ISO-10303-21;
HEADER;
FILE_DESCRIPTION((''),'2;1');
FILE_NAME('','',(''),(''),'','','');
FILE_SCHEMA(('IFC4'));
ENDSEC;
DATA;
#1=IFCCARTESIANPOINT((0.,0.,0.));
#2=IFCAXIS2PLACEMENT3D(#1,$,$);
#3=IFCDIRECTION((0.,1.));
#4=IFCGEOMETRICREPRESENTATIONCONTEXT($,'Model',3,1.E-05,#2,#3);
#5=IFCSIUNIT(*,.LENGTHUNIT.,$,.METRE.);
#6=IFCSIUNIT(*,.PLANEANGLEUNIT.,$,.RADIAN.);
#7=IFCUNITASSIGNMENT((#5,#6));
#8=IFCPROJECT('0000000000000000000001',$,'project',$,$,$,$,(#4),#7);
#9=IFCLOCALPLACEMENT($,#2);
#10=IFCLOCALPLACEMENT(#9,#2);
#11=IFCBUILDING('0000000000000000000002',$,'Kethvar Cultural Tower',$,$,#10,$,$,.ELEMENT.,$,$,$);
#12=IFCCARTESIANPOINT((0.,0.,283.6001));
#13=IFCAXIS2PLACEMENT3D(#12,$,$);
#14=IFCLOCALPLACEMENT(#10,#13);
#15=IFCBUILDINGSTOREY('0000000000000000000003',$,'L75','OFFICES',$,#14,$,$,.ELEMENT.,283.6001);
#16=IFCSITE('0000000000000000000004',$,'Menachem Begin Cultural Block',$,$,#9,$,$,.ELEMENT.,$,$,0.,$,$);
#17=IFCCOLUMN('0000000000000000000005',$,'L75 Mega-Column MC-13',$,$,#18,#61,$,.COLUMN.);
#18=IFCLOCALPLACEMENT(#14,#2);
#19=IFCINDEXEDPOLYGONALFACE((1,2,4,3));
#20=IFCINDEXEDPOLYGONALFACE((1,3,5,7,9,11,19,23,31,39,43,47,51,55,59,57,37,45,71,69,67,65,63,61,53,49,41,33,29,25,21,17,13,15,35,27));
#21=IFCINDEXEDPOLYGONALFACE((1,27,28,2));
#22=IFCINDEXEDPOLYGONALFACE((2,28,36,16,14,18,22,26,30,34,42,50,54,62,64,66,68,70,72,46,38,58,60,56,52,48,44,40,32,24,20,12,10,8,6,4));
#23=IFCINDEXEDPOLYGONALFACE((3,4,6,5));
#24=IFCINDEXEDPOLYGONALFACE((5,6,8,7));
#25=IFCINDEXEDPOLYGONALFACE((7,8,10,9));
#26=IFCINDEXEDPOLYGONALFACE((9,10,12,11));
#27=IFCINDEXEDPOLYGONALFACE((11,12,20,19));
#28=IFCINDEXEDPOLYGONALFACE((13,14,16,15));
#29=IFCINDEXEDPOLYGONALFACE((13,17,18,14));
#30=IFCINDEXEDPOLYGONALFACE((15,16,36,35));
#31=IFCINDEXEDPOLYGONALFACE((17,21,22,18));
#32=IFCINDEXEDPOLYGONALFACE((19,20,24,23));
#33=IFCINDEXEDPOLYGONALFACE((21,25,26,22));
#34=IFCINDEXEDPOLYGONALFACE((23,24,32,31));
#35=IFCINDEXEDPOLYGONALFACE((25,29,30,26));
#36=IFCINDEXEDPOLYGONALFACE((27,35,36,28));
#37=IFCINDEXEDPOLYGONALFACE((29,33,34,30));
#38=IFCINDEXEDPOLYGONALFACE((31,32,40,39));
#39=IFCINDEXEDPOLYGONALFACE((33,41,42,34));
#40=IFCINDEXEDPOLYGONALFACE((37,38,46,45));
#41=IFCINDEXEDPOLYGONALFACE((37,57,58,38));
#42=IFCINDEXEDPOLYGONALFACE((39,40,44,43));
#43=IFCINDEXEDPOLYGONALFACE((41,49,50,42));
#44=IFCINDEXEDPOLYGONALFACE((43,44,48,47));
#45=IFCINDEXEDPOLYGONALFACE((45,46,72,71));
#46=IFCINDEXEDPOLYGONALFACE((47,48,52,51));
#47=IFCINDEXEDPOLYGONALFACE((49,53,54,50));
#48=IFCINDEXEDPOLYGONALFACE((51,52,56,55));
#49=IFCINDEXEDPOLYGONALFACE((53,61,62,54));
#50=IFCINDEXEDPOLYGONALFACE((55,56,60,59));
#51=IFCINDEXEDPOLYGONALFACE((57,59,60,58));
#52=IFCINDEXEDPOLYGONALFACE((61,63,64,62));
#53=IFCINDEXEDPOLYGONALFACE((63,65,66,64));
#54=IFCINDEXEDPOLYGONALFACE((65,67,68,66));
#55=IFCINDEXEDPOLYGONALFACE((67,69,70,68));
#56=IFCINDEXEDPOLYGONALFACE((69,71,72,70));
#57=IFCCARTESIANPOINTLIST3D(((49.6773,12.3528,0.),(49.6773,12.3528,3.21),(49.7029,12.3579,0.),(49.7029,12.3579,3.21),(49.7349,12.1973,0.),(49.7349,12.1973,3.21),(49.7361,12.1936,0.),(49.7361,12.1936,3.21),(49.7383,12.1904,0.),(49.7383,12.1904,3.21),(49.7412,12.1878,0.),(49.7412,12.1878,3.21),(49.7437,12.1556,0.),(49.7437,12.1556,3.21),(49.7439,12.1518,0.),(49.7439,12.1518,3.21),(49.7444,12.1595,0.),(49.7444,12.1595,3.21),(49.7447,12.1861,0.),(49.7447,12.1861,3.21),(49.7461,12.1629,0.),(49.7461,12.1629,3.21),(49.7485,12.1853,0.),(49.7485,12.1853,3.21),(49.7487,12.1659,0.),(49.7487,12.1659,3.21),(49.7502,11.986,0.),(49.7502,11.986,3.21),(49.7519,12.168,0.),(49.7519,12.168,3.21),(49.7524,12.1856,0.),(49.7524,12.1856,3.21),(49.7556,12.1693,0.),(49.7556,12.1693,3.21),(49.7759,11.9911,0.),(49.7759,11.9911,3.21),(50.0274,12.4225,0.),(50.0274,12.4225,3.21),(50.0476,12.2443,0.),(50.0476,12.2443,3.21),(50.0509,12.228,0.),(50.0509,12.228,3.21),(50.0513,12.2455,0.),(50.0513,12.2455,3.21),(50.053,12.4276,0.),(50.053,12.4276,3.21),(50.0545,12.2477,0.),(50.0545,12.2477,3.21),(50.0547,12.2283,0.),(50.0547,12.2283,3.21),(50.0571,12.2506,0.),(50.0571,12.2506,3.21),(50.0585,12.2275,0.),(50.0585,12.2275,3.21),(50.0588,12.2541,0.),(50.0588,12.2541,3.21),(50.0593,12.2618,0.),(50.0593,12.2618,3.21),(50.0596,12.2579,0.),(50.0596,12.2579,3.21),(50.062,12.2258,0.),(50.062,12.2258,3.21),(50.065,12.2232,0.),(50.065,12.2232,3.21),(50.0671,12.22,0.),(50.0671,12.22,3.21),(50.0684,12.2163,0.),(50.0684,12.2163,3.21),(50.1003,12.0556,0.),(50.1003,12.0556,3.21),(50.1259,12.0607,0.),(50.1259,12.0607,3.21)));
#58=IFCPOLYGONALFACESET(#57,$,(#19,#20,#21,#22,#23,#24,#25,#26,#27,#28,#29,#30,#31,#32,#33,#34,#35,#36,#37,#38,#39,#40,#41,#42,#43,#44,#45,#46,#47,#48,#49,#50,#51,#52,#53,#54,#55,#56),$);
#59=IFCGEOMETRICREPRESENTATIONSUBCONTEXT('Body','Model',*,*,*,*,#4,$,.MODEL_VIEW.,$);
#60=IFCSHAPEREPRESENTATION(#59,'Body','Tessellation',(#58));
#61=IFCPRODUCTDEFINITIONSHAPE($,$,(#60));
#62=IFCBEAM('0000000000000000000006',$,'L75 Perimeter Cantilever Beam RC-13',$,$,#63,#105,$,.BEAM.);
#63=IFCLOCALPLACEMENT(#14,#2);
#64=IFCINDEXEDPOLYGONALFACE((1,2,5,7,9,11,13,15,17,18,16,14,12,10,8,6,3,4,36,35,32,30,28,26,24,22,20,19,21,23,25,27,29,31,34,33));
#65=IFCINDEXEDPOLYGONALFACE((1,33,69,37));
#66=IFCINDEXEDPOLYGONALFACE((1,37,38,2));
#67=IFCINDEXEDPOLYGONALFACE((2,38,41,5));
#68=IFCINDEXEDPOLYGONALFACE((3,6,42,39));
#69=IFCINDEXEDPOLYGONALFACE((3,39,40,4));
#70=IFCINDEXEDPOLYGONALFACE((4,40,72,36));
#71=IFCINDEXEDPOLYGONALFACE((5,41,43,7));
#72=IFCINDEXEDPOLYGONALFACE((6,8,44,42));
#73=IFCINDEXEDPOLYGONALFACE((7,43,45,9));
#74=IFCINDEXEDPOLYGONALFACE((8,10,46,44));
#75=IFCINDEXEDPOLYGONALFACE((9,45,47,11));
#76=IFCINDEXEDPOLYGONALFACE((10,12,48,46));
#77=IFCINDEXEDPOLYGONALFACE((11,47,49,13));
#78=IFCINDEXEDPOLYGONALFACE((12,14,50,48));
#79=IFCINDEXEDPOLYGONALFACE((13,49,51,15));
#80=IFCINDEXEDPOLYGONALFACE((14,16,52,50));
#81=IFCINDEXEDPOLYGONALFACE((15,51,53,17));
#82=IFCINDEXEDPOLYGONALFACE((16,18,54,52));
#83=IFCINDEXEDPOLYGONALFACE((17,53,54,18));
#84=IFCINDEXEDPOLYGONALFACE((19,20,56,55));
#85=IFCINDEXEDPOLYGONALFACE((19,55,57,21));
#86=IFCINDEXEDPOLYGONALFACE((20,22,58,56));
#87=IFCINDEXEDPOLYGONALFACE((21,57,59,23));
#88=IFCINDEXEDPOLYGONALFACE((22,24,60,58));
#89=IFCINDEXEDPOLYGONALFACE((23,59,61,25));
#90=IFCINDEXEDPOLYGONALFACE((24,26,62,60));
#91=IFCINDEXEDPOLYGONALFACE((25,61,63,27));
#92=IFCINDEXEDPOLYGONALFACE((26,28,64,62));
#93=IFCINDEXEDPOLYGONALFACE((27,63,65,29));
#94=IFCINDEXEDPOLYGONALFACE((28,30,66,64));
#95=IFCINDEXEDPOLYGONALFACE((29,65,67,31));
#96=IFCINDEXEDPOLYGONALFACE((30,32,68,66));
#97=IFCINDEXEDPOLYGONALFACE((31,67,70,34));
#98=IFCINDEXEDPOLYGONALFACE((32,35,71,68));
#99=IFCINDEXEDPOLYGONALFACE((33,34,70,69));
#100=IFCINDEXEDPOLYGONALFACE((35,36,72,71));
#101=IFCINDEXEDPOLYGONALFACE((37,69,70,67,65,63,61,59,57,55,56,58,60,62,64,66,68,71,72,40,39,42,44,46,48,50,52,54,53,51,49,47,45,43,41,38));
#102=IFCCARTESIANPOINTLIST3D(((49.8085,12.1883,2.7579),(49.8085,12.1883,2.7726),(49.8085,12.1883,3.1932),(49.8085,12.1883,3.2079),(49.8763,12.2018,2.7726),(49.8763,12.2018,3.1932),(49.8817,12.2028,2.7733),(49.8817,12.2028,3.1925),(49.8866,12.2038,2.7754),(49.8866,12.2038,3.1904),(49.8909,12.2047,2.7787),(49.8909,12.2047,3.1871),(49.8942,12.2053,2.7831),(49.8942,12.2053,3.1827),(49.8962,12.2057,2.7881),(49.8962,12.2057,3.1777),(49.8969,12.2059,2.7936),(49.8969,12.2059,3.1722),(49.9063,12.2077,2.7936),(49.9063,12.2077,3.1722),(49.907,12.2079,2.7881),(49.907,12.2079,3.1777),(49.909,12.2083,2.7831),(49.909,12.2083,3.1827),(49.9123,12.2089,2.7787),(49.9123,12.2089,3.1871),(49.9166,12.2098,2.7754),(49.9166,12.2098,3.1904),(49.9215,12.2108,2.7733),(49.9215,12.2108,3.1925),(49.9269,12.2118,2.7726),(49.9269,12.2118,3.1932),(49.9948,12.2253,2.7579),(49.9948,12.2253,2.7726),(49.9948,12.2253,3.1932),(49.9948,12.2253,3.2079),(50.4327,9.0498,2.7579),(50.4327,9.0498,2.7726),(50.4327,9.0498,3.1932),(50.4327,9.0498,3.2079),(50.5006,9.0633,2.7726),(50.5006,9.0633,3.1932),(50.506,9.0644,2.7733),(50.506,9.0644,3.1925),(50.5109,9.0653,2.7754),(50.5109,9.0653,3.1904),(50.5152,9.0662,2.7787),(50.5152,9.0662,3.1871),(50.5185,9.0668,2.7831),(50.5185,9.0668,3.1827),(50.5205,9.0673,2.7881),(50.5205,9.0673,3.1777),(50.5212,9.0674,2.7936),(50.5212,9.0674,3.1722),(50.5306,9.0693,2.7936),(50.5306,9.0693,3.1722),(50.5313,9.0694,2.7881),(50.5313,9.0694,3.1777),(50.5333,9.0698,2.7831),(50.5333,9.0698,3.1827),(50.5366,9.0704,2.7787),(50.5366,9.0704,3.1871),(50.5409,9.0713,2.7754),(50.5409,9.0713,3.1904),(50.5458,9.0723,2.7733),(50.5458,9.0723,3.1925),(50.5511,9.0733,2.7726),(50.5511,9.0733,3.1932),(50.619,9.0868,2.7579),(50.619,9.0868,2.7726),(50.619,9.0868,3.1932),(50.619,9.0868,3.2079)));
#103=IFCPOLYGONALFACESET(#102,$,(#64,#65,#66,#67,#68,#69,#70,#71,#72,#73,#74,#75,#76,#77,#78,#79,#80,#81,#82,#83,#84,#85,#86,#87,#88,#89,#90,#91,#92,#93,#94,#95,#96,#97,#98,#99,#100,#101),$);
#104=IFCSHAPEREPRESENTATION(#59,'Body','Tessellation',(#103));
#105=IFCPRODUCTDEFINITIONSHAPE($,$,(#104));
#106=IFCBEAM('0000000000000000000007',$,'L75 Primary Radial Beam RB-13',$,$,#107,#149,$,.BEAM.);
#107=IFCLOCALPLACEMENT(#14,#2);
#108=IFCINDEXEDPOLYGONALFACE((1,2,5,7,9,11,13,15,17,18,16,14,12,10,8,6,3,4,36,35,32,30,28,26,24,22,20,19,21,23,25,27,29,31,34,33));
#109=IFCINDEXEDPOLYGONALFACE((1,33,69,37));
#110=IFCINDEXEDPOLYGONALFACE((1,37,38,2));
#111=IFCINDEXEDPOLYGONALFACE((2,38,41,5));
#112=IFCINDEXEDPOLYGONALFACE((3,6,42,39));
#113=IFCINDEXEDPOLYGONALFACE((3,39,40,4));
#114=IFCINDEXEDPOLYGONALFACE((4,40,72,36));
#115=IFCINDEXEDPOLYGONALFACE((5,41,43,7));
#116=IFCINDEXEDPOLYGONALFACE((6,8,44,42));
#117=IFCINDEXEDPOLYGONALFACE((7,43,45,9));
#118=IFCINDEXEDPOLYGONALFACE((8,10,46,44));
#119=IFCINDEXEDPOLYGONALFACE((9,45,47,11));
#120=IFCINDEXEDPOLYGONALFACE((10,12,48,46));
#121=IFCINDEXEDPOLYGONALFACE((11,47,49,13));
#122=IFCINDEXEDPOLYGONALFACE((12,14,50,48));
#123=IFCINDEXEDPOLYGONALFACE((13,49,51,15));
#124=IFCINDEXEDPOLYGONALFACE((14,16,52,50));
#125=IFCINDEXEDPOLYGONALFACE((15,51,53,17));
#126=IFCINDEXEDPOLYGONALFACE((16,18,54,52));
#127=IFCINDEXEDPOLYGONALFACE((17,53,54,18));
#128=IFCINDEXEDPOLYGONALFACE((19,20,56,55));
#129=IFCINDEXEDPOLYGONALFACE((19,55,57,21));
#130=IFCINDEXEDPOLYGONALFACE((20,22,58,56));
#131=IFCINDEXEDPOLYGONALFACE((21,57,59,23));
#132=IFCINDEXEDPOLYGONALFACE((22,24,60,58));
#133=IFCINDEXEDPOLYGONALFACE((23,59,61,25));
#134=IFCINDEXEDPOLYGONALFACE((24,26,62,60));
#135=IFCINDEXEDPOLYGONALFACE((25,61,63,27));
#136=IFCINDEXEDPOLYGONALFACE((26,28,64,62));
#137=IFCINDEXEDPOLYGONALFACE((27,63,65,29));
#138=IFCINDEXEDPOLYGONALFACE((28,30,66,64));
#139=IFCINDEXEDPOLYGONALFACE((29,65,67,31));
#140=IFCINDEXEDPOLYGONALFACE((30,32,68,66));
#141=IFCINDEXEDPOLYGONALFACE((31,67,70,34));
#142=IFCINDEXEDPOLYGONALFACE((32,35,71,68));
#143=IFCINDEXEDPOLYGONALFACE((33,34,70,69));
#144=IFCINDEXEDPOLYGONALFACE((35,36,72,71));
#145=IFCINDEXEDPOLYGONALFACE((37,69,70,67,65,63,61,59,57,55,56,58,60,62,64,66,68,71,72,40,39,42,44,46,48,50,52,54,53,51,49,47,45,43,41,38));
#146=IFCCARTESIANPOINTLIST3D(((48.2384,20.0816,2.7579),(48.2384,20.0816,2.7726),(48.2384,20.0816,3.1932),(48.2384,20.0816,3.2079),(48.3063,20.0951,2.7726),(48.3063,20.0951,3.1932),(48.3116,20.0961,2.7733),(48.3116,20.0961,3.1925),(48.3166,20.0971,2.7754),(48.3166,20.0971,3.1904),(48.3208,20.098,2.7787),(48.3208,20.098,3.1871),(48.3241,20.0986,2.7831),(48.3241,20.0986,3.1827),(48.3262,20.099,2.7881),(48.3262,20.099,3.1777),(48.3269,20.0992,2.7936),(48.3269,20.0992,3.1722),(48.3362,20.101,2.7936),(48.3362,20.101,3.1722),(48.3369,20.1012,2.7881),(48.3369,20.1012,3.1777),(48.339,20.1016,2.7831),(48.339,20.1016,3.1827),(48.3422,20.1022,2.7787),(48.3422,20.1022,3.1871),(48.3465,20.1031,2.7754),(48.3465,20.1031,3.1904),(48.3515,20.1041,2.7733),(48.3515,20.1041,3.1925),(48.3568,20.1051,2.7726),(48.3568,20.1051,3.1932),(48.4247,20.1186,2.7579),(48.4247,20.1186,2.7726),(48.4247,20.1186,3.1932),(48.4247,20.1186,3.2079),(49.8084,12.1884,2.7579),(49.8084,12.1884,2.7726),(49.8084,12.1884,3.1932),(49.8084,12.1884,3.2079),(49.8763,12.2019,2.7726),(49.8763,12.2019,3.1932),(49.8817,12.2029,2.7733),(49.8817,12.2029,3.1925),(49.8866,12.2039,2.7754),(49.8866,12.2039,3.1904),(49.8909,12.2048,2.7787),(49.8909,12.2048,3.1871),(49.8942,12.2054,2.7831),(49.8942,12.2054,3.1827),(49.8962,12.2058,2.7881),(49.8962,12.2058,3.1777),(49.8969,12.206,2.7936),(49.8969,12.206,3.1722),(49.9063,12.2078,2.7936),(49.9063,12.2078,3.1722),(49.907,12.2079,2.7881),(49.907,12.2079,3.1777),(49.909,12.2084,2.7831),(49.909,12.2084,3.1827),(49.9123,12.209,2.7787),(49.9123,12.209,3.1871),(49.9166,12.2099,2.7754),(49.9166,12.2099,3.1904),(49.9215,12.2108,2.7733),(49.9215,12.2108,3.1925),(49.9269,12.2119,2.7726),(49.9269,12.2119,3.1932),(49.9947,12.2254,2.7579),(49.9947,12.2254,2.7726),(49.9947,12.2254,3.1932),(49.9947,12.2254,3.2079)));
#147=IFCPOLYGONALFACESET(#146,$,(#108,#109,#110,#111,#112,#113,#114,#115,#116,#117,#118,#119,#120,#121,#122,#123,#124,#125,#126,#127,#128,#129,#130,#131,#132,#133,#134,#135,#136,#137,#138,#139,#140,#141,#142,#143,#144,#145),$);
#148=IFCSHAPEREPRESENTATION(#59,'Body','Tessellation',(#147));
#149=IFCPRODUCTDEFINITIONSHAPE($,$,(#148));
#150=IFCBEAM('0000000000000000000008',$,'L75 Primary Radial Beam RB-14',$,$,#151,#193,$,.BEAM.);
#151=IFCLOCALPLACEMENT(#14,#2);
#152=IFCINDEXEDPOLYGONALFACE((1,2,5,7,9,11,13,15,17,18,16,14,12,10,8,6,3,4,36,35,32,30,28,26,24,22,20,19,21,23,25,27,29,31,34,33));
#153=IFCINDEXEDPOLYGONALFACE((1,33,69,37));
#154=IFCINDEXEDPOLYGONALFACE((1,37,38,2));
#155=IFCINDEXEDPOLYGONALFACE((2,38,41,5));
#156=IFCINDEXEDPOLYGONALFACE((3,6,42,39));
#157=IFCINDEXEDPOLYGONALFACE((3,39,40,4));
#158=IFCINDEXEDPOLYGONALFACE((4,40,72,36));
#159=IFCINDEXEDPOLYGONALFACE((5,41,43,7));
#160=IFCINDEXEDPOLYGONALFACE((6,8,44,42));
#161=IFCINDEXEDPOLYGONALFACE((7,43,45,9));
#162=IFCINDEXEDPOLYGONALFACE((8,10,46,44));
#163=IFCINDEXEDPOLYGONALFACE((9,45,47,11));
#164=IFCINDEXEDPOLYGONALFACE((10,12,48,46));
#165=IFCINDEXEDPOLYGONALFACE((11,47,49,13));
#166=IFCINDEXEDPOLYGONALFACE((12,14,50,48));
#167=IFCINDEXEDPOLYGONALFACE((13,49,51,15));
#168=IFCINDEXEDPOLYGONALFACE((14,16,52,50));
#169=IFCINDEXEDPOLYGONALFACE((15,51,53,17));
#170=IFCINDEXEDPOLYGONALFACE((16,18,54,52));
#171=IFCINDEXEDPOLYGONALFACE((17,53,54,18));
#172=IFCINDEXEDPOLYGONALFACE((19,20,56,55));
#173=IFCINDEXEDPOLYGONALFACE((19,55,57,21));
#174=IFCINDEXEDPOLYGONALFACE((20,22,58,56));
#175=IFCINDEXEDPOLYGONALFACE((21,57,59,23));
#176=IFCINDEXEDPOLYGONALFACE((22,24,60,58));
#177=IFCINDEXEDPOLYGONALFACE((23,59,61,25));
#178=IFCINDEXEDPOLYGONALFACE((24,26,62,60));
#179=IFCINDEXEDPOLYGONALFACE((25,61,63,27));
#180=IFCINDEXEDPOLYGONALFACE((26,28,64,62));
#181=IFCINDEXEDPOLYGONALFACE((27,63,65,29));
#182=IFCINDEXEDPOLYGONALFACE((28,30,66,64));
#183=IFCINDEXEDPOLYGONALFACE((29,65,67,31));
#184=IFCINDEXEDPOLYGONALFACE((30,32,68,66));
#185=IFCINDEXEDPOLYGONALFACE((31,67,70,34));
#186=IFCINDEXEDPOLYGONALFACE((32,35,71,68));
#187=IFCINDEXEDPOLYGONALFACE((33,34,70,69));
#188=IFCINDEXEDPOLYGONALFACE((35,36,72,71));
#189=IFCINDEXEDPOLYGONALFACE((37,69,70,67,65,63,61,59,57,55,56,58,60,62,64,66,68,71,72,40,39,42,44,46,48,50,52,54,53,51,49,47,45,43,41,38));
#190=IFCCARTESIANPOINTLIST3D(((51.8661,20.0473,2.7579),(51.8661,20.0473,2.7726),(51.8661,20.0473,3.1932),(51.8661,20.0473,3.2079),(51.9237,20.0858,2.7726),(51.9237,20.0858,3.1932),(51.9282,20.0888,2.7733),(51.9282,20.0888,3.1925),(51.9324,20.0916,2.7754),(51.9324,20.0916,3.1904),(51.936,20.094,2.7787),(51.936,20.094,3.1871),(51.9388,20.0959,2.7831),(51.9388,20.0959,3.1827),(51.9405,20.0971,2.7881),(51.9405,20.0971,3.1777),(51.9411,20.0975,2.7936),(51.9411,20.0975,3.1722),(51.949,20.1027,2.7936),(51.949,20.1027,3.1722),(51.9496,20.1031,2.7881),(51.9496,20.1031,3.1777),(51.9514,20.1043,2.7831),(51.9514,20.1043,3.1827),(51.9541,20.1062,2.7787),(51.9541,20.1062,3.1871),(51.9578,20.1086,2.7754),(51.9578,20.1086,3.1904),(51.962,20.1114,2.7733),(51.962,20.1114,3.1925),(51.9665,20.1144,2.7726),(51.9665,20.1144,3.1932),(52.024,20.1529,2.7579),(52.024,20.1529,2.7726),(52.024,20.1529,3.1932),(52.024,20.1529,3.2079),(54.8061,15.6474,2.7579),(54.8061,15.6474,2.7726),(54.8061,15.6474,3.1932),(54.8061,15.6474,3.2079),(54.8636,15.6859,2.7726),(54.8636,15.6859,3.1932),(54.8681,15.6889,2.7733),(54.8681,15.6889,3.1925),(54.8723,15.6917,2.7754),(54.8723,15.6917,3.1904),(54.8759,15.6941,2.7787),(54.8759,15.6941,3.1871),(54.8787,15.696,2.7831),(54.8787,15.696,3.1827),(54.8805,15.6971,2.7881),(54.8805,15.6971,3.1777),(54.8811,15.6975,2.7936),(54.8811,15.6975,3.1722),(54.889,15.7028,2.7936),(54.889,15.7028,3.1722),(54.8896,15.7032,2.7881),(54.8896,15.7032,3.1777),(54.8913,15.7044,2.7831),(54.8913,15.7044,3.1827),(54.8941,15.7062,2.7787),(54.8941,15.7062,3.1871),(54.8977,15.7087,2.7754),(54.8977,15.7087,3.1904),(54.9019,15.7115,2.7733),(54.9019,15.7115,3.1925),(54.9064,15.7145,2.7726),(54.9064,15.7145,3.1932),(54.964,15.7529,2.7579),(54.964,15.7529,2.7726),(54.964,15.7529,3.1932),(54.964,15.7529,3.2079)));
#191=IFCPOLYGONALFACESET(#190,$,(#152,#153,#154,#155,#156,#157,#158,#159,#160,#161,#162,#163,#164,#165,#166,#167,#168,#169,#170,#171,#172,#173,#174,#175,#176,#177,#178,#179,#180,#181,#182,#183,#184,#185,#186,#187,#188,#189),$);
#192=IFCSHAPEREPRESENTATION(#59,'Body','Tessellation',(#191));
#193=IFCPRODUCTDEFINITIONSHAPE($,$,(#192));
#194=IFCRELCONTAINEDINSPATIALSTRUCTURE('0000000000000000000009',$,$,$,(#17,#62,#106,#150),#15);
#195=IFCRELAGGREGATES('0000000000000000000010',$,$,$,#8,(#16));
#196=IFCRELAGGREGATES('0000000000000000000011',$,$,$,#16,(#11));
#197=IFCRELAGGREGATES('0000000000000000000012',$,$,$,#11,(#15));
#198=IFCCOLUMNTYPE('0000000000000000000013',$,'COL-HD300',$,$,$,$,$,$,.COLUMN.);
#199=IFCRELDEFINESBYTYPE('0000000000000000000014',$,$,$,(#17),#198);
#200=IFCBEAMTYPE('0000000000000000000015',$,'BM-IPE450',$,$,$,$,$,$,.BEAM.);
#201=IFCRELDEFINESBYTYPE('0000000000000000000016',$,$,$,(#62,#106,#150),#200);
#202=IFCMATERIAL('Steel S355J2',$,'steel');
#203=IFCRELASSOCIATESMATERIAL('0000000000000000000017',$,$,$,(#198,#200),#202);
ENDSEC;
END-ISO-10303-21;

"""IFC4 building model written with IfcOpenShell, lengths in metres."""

from ifc_helpers import new_model, si_unit, direction, frame, origin, origin_2d, place, context, subcontext, project, spatial, i_section, extrude, source, transform, mapped, material, material_profile, profile_set, type_object, element, save


model = new_model("IFC4")

# Units and contexts
model_context = context("Model", 3, precision=1e-05, world=origin(), true_north=direction((0.0, 1.0)))
body_context = subcontext(model_context, "Body", "Model", "MODEL_VIEW")
ifc_project = project(units=[si_unit("LENGTHUNIT", "METRE"), si_unit("PLANEANGLEUNIT", "RADIAN")], contexts=[model_context])

# Site, building, storey
site_placement = place(None, origin())
site = spatial("IfcSite", under=ifc_project, at=site_placement, Name="Menachem Begin Cultural Block", CompositionType="ELEMENT", RefElevation=0.0)
building_placement = place(site_placement, origin())
building = spatial("IfcBuilding", under=site, at=building_placement, Name="Kethvar Cultural Tower", CompositionType="ELEMENT")
storey_placement = place(building_placement, frame((0.0, 0.0, 283.6001)))
storey = spatial("IfcBuildingStorey", under=building, at=storey_placement, Name="L75", Description="OFFICES", CompositionType="ELEMENT", Elevation=283.6001)

# Column
ifc_material_1 = material(Name="Steel S355J2", Category="steel")
ifc_material_profile_1 = material_profile(ifc_material_1, i_section(OverallWidth=0.374, OverallDepth=0.3831, WebThickness=0.0166, FlangeThickness=0.0261, FilletRadius=0.0149, at=origin_2d()), Name="Steel S355J2 — HD360x300")
ifc_profile_set_1 = profile_set([ifc_material_profile_1], Name="Steel S355J2 — HD360x300")
column_type = type_object("IfcColumnType", Name="COL-HD300", PredefinedType="COLUMN", material=ifc_profile_set_1)
shared_shape_1 = source(origin(), body_context, "Body", "SweptSolid", [
    extrude(i_section(OverallWidth=0.374, OverallDepth=0.3831, WebThickness=0.0166, FlangeThickness=0.0261, FilletRadius=0.0149, at=origin_2d()), origin(), (0.0, 0.0, 1.0), 3.21),
])
column_placement = place(storey_placement, frame((49.9016, 12.2068, 0.0), z_axis=(0.0, 0.0, 1.0), x_axis=(0.19509, -0.980785, 0.0)))
element("IfcColumn", 1, at=column_placement, inside=storey, type_object=column_type, Name="L75 Mega-Column MC-13", PredefinedType="COLUMN", context=body_context, shape_type="MappedRepresentation", body=[
    mapped(shared_shape_1, transform((0.0, 0.0, 0.0), scale=1.0)),
])

# Beams
ifc_material_profile_2 = material_profile(ifc_material_1, i_section(OverallWidth=0.1899, OverallDepth=0.45, WebThickness=0.0095, FlangeThickness=0.0146, FilletRadius=0.021, at=origin_2d()), Name="Steel S355J2 — IPE450")
ifc_profile_set_2 = profile_set([ifc_material_profile_2], Name="Steel S355J2 — IPE450")
beam_type_1 = type_object("IfcBeamType", Name="BM-IPE450", PredefinedType="BEAM", material=ifc_profile_set_2)
shared_shape_2 = source(origin(), body_context, "Body", "SweptSolid", [
    extrude(i_section(OverallWidth=0.1899, OverallDepth=0.45, WebThickness=0.0095, FlangeThickness=0.0146, FilletRadius=0.021, at=origin_2d()), origin(), (0.0, 0.0, 1.0), 3.2),
])
beam_1_placement = place(storey_placement, frame((49.9016, 12.2068, 2.9829), z_axis=(0.195089, -0.980786, 0.0), x_axis=(0.980786, 0.195089, 0.0)))
element("IfcBeam", 2, at=beam_1_placement, inside=storey, type_object=beam_type_1, Name="L75 Perimeter Cantilever Beam RC-13", PredefinedType="BEAM", context=body_context, shape_type="MappedRepresentation", body=[
    mapped(shared_shape_2, transform((0.0, 0.0, 0.0), scale=1.0)),
])
shared_shape_3 = source(origin(), body_context, "Body", "SweptSolid", [
    extrude(i_section(OverallWidth=0.1899, OverallDepth=0.45, WebThickness=0.0095, FlangeThickness=0.0146, FilletRadius=0.021, at=origin_2d()), origin(), (0.0, 0.0, 1.0), 8.0479),
])
beam_2_placement = place(storey_placement, frame((48.3315, 20.1001, 2.9829), z_axis=(0.195089, -0.980785, 0.0), x_axis=(0.980785, 0.195089, 0.0)))
element("IfcBeam", 3, at=beam_2_placement, inside=storey, type_object=beam_type_1, Name="L75 Primary Radial Beam RB-13", PredefinedType="BEAM", context=body_context, shape_type="MappedRepresentation", body=[
    mapped(shared_shape_3, transform((0.0, 0.0, 0.0), scale=1.0)),
])
shared_shape_4 = source(origin(), body_context, "Body", "SweptSolid", [
    extrude(i_section(OverallWidth=0.1899, OverallDepth=0.45, WebThickness=0.0095, FlangeThickness=0.0146, FilletRadius=0.021, at=origin_2d()), origin(), (0.0, 0.0, 1.0), 5.2917),
])
beam_3_placement = place(storey_placement, frame((51.9451, 20.1001, 2.9829), z_axis=(0.555573, -0.831468, 0.0), x_axis=(0.831468, 0.555573, 0.0)))
element("IfcBeam", 4, at=beam_3_placement, inside=storey, type_object=beam_type_1, Name="L75 Primary Radial Beam RB-14", PredefinedType="BEAM", context=body_context, shape_type="MappedRepresentation", body=[
    mapped(shared_shape_4, transform((0.0, 0.0, 0.0), scale=1.0)),
])

save(model, "model.ifc")
